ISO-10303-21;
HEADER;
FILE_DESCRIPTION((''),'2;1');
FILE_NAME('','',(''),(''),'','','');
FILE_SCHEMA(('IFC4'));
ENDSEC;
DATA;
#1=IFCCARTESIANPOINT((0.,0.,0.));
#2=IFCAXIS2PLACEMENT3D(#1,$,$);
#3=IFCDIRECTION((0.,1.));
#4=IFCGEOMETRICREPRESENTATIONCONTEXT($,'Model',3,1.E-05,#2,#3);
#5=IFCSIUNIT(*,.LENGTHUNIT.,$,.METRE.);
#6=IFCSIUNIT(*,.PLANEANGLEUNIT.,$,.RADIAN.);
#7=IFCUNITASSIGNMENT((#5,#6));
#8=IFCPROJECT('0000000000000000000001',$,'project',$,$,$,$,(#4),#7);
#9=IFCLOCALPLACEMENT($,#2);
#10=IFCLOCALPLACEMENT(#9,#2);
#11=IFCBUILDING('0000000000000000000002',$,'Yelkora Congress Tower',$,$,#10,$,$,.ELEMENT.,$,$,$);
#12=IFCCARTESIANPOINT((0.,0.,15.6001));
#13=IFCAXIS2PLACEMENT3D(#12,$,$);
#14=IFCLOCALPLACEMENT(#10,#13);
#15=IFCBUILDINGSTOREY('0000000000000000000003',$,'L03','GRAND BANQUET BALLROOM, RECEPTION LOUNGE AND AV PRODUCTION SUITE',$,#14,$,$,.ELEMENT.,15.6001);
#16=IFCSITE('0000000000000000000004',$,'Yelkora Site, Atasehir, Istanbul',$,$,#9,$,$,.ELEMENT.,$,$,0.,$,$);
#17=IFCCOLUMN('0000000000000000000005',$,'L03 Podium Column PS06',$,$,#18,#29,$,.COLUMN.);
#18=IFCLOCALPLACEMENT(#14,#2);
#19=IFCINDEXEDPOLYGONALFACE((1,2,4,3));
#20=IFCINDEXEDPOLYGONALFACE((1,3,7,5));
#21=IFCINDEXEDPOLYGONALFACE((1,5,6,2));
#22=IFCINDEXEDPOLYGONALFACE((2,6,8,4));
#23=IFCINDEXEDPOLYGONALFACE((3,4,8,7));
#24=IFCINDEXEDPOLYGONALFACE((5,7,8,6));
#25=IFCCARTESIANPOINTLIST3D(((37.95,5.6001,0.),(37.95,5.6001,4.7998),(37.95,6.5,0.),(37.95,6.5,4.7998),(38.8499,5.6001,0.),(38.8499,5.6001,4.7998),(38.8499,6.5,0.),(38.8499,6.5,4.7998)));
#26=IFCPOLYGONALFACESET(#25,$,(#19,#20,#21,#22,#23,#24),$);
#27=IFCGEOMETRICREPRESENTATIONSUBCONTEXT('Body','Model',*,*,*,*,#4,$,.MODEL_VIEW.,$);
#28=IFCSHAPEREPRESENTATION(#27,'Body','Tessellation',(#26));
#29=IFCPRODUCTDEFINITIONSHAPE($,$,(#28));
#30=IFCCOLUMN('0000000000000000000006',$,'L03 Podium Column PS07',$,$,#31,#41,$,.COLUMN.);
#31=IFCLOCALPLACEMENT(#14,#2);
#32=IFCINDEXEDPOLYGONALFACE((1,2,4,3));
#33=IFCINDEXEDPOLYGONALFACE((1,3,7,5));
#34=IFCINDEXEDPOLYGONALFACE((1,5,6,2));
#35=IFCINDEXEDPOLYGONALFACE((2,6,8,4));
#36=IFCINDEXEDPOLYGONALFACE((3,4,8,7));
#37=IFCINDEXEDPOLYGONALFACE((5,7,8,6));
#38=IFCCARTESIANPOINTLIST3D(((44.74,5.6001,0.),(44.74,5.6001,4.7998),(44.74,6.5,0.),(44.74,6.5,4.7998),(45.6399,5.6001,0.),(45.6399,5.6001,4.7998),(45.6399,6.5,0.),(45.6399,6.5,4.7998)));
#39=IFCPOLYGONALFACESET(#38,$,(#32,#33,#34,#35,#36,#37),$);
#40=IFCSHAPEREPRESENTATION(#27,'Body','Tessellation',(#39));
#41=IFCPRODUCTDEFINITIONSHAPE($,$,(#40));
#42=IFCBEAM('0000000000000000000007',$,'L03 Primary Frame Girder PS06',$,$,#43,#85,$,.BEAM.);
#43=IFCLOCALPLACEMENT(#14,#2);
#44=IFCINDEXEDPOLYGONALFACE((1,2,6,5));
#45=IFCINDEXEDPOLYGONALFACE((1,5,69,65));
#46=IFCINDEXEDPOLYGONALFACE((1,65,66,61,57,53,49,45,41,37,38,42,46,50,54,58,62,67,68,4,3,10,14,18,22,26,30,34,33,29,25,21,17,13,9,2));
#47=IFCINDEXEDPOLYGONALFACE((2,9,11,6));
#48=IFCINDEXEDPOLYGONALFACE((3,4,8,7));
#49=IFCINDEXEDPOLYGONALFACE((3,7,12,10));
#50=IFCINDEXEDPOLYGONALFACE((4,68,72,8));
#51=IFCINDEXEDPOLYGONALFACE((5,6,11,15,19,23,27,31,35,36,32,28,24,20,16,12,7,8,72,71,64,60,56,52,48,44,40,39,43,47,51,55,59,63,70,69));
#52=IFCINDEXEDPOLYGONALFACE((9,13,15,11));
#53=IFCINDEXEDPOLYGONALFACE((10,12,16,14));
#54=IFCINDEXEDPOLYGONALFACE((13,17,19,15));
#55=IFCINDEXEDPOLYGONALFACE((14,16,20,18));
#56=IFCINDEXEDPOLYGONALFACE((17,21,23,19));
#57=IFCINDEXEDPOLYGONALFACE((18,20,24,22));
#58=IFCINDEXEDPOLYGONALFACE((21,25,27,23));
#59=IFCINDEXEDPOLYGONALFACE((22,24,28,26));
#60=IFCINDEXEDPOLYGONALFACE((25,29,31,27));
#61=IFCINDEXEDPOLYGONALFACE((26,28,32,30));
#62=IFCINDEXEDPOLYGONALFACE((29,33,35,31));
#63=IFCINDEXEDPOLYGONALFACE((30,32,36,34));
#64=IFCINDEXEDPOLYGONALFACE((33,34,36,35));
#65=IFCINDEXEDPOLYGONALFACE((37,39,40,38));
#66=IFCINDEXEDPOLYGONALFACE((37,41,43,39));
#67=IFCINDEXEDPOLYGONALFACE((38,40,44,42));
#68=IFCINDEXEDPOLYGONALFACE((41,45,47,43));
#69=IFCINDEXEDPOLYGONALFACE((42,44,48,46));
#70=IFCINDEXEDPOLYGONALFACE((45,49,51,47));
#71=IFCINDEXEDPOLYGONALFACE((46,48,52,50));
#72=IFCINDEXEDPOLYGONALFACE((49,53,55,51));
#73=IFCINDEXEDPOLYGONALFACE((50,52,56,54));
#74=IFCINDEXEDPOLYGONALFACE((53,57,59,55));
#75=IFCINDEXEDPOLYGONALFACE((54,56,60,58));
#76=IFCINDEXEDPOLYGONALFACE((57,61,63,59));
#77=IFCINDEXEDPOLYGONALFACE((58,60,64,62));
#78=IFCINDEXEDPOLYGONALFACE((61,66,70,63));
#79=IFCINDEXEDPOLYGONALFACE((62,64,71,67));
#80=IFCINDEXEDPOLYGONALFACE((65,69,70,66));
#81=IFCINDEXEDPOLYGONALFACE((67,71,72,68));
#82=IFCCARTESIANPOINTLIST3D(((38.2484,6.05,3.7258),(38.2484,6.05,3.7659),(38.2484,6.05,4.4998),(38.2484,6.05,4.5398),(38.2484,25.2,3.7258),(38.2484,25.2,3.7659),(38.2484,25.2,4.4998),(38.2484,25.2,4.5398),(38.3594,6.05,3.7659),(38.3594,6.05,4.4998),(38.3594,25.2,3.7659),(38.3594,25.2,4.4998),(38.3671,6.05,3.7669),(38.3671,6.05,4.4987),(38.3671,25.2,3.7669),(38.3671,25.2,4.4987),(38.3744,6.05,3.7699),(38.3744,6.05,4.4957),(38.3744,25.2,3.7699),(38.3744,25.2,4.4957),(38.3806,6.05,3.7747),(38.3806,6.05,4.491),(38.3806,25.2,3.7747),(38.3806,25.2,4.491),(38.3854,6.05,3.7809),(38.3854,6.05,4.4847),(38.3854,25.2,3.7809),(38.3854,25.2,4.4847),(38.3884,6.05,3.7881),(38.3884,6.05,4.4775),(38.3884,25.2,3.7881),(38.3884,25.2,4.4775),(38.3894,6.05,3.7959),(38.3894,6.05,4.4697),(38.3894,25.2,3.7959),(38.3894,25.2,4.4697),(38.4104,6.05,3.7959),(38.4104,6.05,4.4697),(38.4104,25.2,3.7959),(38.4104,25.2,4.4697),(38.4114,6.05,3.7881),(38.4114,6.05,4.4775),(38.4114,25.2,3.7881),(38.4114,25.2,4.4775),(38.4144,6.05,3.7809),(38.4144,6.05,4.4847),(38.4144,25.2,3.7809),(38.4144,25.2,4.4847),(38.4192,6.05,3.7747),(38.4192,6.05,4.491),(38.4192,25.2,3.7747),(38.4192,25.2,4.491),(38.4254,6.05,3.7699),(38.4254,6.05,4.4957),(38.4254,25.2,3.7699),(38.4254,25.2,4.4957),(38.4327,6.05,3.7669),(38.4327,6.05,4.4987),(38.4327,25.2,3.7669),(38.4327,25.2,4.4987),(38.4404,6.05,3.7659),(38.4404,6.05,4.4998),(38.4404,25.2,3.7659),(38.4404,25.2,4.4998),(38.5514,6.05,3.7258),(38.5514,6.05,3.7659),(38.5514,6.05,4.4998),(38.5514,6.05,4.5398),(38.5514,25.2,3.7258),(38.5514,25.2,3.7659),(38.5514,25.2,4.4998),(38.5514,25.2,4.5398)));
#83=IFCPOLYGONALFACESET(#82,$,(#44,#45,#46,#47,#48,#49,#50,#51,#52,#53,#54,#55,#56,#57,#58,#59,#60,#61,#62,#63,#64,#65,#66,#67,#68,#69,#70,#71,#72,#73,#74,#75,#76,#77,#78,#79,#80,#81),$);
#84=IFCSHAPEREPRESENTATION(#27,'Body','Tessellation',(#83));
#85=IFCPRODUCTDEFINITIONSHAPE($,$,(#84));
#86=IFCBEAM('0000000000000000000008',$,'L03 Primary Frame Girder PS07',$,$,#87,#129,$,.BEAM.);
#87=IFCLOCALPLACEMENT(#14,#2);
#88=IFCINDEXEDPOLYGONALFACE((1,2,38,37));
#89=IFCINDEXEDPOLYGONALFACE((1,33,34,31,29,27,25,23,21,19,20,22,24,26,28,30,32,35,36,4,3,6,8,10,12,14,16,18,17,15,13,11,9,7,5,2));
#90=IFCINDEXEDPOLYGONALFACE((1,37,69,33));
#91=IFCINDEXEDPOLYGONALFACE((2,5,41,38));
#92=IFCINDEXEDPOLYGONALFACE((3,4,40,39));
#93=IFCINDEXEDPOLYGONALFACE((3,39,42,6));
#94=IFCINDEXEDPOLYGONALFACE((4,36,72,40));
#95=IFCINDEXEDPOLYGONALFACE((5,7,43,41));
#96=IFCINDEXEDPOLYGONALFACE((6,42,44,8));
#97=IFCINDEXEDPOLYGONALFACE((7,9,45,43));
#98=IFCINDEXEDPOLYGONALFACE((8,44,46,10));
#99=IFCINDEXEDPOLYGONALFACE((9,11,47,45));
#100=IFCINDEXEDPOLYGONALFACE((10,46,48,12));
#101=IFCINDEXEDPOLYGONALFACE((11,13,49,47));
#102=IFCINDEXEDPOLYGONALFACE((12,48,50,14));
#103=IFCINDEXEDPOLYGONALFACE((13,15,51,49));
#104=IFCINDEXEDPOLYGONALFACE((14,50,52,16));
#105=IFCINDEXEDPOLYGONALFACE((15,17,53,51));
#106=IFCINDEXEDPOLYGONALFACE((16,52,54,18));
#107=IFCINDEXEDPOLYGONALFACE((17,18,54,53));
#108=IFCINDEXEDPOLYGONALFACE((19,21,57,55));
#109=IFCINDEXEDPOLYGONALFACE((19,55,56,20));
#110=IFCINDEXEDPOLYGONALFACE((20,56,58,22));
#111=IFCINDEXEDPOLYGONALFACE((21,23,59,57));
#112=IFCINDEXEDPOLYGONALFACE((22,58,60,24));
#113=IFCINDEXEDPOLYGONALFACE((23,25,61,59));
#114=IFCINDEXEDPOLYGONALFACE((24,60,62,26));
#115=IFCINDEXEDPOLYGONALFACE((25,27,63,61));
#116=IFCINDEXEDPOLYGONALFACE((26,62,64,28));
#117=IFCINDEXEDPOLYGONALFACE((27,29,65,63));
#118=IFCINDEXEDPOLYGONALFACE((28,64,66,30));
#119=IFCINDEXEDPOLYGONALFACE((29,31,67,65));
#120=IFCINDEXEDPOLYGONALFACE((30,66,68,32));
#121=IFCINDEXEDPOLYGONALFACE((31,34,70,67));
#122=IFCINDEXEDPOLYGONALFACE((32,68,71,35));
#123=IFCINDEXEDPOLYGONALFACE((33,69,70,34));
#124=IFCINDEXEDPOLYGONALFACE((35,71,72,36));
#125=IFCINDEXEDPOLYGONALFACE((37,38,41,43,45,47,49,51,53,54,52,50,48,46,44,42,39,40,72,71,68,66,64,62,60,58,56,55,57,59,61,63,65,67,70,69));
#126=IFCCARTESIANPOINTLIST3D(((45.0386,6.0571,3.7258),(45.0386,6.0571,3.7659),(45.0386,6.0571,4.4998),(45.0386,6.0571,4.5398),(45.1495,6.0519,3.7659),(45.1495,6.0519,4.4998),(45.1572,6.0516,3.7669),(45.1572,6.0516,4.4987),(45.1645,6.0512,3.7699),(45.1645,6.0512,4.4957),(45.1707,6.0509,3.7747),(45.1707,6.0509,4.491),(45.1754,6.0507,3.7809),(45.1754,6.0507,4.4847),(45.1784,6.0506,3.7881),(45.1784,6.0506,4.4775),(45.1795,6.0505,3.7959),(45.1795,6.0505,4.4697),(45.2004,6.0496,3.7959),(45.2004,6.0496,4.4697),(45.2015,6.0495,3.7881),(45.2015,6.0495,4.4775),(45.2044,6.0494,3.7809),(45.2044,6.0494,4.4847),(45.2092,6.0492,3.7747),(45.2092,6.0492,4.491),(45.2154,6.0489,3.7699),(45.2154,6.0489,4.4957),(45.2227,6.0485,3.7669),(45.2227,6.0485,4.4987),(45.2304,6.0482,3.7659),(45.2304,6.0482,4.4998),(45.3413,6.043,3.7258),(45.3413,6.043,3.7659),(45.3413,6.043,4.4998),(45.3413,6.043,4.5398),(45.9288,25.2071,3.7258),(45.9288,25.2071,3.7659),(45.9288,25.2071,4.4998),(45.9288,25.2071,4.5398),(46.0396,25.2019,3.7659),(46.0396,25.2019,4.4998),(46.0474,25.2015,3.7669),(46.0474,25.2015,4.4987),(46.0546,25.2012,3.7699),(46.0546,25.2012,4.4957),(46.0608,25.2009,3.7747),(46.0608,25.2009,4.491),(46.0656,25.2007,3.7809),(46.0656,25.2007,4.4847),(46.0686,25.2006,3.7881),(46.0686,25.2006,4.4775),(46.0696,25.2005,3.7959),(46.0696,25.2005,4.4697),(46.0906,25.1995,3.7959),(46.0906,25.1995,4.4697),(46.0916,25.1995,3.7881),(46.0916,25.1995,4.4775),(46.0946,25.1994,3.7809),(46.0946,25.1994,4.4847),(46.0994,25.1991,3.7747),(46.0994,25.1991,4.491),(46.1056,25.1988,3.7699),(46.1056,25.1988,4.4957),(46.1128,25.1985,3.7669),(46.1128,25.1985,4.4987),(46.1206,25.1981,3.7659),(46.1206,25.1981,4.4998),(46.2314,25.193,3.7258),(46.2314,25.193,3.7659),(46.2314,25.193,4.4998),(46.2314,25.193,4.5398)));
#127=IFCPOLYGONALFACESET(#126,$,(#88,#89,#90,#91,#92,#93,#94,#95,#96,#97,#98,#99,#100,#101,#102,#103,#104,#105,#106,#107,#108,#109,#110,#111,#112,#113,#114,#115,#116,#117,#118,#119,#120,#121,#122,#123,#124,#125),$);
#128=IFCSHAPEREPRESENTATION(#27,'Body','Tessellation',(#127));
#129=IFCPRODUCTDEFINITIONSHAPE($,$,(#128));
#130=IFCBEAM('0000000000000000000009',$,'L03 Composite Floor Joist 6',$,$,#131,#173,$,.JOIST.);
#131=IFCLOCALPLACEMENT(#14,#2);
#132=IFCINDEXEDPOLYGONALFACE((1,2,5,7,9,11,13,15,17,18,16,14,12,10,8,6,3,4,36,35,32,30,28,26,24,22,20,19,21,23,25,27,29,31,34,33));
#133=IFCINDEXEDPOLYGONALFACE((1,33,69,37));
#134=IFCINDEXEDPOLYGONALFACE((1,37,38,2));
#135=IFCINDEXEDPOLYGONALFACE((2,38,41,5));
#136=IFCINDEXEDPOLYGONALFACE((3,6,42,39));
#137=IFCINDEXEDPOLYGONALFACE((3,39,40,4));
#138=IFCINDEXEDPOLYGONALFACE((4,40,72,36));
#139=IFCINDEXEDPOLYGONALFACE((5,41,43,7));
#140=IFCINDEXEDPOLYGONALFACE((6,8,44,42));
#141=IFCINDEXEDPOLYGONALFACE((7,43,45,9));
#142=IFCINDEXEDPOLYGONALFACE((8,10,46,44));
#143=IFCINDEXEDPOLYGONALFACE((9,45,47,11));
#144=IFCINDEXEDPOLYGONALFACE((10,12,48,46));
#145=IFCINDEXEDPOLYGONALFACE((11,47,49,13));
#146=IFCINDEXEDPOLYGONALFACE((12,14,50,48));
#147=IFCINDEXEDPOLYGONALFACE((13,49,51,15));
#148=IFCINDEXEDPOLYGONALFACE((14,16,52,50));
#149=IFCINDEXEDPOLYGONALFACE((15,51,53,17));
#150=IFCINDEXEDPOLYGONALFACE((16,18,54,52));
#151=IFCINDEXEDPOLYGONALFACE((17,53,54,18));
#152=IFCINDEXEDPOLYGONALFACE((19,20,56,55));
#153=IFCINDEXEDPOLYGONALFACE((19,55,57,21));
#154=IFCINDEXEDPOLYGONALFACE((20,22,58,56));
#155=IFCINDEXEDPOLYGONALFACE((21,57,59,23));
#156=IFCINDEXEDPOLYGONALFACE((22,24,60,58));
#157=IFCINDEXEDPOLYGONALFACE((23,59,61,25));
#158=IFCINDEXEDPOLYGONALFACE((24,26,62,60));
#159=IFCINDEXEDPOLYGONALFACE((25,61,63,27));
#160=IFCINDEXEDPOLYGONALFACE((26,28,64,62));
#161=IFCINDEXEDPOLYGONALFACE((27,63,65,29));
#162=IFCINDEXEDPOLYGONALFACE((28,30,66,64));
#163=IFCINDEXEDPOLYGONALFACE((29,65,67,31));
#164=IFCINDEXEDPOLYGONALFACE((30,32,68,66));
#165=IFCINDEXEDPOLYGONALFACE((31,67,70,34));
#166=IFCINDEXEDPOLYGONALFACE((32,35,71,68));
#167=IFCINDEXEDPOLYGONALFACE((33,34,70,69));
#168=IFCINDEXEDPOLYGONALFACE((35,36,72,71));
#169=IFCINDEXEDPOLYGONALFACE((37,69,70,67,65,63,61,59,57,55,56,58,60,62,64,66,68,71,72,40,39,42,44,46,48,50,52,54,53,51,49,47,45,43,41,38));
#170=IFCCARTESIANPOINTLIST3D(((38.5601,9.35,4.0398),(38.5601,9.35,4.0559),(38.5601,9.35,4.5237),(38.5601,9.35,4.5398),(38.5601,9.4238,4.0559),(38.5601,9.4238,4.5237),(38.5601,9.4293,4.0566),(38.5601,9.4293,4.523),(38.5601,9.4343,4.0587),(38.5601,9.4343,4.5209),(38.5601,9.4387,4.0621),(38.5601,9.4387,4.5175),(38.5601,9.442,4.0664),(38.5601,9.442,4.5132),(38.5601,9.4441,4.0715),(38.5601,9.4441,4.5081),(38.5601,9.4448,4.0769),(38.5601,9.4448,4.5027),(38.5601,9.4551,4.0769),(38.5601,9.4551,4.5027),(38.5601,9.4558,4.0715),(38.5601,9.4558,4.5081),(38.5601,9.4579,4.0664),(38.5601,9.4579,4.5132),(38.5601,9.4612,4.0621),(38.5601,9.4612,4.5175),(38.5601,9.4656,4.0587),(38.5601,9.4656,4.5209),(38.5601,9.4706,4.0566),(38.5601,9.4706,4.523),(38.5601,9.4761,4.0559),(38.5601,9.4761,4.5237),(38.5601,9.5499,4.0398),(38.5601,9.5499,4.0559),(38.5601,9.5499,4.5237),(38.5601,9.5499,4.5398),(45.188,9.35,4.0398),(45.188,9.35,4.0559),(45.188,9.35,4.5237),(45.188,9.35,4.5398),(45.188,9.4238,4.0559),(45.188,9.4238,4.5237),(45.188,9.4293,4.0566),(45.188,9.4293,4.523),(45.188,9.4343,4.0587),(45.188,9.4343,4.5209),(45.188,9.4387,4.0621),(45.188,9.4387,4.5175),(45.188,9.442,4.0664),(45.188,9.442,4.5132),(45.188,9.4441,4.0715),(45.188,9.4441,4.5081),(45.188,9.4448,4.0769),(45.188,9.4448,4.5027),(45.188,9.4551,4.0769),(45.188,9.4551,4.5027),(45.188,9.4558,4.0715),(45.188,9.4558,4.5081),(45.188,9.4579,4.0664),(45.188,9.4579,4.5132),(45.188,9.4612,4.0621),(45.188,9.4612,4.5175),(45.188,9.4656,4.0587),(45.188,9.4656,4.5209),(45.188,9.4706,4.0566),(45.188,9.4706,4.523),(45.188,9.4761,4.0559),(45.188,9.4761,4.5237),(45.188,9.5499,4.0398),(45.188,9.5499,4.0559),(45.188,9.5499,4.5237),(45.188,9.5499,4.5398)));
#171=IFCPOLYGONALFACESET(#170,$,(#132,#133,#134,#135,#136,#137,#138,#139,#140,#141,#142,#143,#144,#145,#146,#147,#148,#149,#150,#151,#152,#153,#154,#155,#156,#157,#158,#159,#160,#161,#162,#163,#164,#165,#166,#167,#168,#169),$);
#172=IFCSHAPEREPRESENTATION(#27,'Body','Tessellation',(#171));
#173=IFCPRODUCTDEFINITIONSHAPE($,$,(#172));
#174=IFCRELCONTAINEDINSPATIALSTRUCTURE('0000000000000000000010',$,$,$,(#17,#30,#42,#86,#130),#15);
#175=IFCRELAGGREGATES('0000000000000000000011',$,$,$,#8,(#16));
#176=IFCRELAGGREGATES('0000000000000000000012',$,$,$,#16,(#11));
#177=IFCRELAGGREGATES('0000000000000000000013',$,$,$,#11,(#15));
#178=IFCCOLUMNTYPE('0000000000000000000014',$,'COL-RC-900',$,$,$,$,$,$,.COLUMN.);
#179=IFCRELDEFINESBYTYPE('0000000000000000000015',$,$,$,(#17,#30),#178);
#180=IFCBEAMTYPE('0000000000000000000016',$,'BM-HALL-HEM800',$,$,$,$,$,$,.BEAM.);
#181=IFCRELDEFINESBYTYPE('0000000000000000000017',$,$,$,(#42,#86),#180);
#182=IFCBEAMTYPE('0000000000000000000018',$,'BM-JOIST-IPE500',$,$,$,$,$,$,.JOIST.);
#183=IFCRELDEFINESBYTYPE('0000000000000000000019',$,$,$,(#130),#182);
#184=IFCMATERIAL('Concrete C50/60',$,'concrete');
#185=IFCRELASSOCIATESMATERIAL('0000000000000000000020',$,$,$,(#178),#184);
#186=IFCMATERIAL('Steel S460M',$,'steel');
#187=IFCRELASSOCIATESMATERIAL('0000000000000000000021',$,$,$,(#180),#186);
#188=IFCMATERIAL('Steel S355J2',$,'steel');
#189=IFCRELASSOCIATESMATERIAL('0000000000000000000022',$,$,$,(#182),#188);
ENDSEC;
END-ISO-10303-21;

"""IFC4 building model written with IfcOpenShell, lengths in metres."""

from ifc_helpers import new_model, si_unit, direction, frame, origin, origin_2d, place, context, subcontext, project, spatial, rectangle, i_section, extrude, material, material_profile, profile_set, type_object, element, save


model = new_model("IFC4")

# Units and contexts
model_context = context("Model", 3, precision=1e-05, world=origin(), true_north=direction((0.0, 1.0)))
body_context = subcontext(model_context, "Body", "Model", "MODEL_VIEW")
ifc_project = project(units=[si_unit("LENGTHUNIT", "METRE"), si_unit("PLANEANGLEUNIT", "RADIAN")], contexts=[model_context])

# Site, building, storey
site_placement = place(None, origin())
site = spatial("IfcSite", under=ifc_project, at=site_placement, Name="Yelkora Site, Atasehir, Istanbul", CompositionType="ELEMENT", RefElevation=0.0)
building_placement = place(site_placement, origin())
building = spatial("IfcBuilding", under=site, at=building_placement, Name="Yelkora Congress Tower", CompositionType="ELEMENT")
storey_placement = place(building_placement, frame((0.0, 0.0, 15.6001)))
storey = spatial("IfcBuildingStorey", under=building, at=storey_placement, Name="L03", Description="GRAND BANQUET BALLROOM, RECEPTION LOUNGE AND AV PRODUCTION SUITE", CompositionType="ELEMENT", Elevation=15.6001)

# Columns
ifc_material_1 = material(Name="Concrete C50/60", Category="concrete")
ifc_material_profile_1 = material_profile(ifc_material_1, rectangle(XDim=0.8999, YDim=0.8999, at=origin_2d()), Name="RC 900x900")
ifc_profile_set_1 = profile_set([ifc_material_profile_1], Name="Concrete C50/60")
column_type = type_object("IfcColumnType", Name="COL-RC-900", PredefinedType="COLUMN", material=ifc_profile_set_1)
for number, where, z_axis, x_axis, name in (
    (1, (38.3999, 6.05, 0.0), (0.0, 0.0, 1.0), (1.0, 0.0, 0.0), "L03 Podium Column PS06"),
    (2, (45.1899, 6.05, 0.0), (0.0, 0.0, 1.0), (1.0, 0.0, 0.0), "L03 Podium Column PS07"),
):
    element("IfcColumn", number, at=place(storey_placement, frame(where, z_axis=z_axis, x_axis=x_axis)), inside=storey, type_object=column_type, Name=name, PredefinedType="COLUMN", context=body_context, shape_type="SweptSolid", body=[
        extrude(rectangle(XDim=0.8999, YDim=0.8999, at=origin_2d()), origin(), (0.0, 0.0, 1.0), 4.7998),
    ])

# Beams
ifc_material_2 = material(Name="Steel S460M", Category="steel")
ifc_material_profile_2 = material_profile(ifc_material_2, i_section(OverallWidth=0.303, OverallDepth=0.814, WebThickness=0.021, FlangeThickness=0.04, FilletRadius=0.03, at=origin_2d()), Name="HEM 800")
ifc_profile_set_2 = profile_set([ifc_material_profile_2], Name="Steel S460M")
beam_type_1 = type_object("IfcBeamType", Name="BM-HALL-HEM800", PredefinedType="BEAM", material=ifc_profile_set_2)
beam_1_placement = place(storey_placement, frame((38.3999, 6.05, 4.1328), z_axis=(0.0, 1.0, 0.0), x_axis=(-1.0, 0.0, 0.0)))
element("IfcBeam", 3, at=beam_1_placement, inside=storey, type_object=beam_type_1, Name="L03 Primary Frame Girder PS06", PredefinedType="BEAM", context=body_context, shape_type="SweptSolid", body=[
    extrude(i_section(OverallWidth=0.303, OverallDepth=0.814, WebThickness=0.021, FlangeThickness=0.04, FilletRadius=0.03, at=origin_2d()), origin(), (0.0, 0.0, 1.0), 19.1499),
])
beam_2_placement = place(storey_placement, frame((45.1899, 6.05, 4.1328), z_axis=(0.046432, 0.998921, 0.0), x_axis=(-0.998921, 0.046432, 0.0)))
element("IfcBeam", 4, at=beam_2_placement, inside=storey, type_object=beam_type_1, Name="L03 Primary Frame Girder PS07", PredefinedType="BEAM", context=body_context, shape_type="SweptSolid", body=[
    extrude(i_section(OverallWidth=0.303, OverallDepth=0.814, WebThickness=0.021, FlangeThickness=0.04, FilletRadius=0.03, at=origin_2d()), origin(), (0.0, 0.0, 1.0), 19.1707),
])
ifc_material_3 = material(Name="Steel S355J2", Category="steel")
ifc_material_profile_3 = material_profile(ifc_material_3, i_section(OverallWidth=0.2, OverallDepth=0.5, WebThickness=0.0103, FlangeThickness=0.0161, FilletRadius=0.021, at=origin_2d()), Name="IPE 500")
ifc_profile_set_3 = profile_set([ifc_material_profile_3], Name="Steel S355J2")
beam_type_2 = type_object("IfcBeamType", Name="BM-JOIST-IPE500", PredefinedType="JOIST", material=ifc_profile_set_3)
for number, where, z_axis, x_axis, name in (
    (5, (38.5601, 9.45, 4.2898), (1.0, 0.0, 0.0), (0.0, 1.0, 0.0), "L03 Composite Floor Joist 6"),
):
    element("IfcBeam", number, at=place(storey_placement, frame(where, z_axis=z_axis, x_axis=x_axis)), inside=storey, type_object=beam_type_2, Name=name, PredefinedType="JOIST", context=body_context, shape_type="SweptSolid", body=[
        extrude(i_section(OverallWidth=0.2, OverallDepth=0.5, WebThickness=0.0103, FlangeThickness=0.0161, FilletRadius=0.021, at=origin_2d()), origin(), (0.0, 0.0, 1.0), 6.6279),
    ])

save(model, "model.ifc")
